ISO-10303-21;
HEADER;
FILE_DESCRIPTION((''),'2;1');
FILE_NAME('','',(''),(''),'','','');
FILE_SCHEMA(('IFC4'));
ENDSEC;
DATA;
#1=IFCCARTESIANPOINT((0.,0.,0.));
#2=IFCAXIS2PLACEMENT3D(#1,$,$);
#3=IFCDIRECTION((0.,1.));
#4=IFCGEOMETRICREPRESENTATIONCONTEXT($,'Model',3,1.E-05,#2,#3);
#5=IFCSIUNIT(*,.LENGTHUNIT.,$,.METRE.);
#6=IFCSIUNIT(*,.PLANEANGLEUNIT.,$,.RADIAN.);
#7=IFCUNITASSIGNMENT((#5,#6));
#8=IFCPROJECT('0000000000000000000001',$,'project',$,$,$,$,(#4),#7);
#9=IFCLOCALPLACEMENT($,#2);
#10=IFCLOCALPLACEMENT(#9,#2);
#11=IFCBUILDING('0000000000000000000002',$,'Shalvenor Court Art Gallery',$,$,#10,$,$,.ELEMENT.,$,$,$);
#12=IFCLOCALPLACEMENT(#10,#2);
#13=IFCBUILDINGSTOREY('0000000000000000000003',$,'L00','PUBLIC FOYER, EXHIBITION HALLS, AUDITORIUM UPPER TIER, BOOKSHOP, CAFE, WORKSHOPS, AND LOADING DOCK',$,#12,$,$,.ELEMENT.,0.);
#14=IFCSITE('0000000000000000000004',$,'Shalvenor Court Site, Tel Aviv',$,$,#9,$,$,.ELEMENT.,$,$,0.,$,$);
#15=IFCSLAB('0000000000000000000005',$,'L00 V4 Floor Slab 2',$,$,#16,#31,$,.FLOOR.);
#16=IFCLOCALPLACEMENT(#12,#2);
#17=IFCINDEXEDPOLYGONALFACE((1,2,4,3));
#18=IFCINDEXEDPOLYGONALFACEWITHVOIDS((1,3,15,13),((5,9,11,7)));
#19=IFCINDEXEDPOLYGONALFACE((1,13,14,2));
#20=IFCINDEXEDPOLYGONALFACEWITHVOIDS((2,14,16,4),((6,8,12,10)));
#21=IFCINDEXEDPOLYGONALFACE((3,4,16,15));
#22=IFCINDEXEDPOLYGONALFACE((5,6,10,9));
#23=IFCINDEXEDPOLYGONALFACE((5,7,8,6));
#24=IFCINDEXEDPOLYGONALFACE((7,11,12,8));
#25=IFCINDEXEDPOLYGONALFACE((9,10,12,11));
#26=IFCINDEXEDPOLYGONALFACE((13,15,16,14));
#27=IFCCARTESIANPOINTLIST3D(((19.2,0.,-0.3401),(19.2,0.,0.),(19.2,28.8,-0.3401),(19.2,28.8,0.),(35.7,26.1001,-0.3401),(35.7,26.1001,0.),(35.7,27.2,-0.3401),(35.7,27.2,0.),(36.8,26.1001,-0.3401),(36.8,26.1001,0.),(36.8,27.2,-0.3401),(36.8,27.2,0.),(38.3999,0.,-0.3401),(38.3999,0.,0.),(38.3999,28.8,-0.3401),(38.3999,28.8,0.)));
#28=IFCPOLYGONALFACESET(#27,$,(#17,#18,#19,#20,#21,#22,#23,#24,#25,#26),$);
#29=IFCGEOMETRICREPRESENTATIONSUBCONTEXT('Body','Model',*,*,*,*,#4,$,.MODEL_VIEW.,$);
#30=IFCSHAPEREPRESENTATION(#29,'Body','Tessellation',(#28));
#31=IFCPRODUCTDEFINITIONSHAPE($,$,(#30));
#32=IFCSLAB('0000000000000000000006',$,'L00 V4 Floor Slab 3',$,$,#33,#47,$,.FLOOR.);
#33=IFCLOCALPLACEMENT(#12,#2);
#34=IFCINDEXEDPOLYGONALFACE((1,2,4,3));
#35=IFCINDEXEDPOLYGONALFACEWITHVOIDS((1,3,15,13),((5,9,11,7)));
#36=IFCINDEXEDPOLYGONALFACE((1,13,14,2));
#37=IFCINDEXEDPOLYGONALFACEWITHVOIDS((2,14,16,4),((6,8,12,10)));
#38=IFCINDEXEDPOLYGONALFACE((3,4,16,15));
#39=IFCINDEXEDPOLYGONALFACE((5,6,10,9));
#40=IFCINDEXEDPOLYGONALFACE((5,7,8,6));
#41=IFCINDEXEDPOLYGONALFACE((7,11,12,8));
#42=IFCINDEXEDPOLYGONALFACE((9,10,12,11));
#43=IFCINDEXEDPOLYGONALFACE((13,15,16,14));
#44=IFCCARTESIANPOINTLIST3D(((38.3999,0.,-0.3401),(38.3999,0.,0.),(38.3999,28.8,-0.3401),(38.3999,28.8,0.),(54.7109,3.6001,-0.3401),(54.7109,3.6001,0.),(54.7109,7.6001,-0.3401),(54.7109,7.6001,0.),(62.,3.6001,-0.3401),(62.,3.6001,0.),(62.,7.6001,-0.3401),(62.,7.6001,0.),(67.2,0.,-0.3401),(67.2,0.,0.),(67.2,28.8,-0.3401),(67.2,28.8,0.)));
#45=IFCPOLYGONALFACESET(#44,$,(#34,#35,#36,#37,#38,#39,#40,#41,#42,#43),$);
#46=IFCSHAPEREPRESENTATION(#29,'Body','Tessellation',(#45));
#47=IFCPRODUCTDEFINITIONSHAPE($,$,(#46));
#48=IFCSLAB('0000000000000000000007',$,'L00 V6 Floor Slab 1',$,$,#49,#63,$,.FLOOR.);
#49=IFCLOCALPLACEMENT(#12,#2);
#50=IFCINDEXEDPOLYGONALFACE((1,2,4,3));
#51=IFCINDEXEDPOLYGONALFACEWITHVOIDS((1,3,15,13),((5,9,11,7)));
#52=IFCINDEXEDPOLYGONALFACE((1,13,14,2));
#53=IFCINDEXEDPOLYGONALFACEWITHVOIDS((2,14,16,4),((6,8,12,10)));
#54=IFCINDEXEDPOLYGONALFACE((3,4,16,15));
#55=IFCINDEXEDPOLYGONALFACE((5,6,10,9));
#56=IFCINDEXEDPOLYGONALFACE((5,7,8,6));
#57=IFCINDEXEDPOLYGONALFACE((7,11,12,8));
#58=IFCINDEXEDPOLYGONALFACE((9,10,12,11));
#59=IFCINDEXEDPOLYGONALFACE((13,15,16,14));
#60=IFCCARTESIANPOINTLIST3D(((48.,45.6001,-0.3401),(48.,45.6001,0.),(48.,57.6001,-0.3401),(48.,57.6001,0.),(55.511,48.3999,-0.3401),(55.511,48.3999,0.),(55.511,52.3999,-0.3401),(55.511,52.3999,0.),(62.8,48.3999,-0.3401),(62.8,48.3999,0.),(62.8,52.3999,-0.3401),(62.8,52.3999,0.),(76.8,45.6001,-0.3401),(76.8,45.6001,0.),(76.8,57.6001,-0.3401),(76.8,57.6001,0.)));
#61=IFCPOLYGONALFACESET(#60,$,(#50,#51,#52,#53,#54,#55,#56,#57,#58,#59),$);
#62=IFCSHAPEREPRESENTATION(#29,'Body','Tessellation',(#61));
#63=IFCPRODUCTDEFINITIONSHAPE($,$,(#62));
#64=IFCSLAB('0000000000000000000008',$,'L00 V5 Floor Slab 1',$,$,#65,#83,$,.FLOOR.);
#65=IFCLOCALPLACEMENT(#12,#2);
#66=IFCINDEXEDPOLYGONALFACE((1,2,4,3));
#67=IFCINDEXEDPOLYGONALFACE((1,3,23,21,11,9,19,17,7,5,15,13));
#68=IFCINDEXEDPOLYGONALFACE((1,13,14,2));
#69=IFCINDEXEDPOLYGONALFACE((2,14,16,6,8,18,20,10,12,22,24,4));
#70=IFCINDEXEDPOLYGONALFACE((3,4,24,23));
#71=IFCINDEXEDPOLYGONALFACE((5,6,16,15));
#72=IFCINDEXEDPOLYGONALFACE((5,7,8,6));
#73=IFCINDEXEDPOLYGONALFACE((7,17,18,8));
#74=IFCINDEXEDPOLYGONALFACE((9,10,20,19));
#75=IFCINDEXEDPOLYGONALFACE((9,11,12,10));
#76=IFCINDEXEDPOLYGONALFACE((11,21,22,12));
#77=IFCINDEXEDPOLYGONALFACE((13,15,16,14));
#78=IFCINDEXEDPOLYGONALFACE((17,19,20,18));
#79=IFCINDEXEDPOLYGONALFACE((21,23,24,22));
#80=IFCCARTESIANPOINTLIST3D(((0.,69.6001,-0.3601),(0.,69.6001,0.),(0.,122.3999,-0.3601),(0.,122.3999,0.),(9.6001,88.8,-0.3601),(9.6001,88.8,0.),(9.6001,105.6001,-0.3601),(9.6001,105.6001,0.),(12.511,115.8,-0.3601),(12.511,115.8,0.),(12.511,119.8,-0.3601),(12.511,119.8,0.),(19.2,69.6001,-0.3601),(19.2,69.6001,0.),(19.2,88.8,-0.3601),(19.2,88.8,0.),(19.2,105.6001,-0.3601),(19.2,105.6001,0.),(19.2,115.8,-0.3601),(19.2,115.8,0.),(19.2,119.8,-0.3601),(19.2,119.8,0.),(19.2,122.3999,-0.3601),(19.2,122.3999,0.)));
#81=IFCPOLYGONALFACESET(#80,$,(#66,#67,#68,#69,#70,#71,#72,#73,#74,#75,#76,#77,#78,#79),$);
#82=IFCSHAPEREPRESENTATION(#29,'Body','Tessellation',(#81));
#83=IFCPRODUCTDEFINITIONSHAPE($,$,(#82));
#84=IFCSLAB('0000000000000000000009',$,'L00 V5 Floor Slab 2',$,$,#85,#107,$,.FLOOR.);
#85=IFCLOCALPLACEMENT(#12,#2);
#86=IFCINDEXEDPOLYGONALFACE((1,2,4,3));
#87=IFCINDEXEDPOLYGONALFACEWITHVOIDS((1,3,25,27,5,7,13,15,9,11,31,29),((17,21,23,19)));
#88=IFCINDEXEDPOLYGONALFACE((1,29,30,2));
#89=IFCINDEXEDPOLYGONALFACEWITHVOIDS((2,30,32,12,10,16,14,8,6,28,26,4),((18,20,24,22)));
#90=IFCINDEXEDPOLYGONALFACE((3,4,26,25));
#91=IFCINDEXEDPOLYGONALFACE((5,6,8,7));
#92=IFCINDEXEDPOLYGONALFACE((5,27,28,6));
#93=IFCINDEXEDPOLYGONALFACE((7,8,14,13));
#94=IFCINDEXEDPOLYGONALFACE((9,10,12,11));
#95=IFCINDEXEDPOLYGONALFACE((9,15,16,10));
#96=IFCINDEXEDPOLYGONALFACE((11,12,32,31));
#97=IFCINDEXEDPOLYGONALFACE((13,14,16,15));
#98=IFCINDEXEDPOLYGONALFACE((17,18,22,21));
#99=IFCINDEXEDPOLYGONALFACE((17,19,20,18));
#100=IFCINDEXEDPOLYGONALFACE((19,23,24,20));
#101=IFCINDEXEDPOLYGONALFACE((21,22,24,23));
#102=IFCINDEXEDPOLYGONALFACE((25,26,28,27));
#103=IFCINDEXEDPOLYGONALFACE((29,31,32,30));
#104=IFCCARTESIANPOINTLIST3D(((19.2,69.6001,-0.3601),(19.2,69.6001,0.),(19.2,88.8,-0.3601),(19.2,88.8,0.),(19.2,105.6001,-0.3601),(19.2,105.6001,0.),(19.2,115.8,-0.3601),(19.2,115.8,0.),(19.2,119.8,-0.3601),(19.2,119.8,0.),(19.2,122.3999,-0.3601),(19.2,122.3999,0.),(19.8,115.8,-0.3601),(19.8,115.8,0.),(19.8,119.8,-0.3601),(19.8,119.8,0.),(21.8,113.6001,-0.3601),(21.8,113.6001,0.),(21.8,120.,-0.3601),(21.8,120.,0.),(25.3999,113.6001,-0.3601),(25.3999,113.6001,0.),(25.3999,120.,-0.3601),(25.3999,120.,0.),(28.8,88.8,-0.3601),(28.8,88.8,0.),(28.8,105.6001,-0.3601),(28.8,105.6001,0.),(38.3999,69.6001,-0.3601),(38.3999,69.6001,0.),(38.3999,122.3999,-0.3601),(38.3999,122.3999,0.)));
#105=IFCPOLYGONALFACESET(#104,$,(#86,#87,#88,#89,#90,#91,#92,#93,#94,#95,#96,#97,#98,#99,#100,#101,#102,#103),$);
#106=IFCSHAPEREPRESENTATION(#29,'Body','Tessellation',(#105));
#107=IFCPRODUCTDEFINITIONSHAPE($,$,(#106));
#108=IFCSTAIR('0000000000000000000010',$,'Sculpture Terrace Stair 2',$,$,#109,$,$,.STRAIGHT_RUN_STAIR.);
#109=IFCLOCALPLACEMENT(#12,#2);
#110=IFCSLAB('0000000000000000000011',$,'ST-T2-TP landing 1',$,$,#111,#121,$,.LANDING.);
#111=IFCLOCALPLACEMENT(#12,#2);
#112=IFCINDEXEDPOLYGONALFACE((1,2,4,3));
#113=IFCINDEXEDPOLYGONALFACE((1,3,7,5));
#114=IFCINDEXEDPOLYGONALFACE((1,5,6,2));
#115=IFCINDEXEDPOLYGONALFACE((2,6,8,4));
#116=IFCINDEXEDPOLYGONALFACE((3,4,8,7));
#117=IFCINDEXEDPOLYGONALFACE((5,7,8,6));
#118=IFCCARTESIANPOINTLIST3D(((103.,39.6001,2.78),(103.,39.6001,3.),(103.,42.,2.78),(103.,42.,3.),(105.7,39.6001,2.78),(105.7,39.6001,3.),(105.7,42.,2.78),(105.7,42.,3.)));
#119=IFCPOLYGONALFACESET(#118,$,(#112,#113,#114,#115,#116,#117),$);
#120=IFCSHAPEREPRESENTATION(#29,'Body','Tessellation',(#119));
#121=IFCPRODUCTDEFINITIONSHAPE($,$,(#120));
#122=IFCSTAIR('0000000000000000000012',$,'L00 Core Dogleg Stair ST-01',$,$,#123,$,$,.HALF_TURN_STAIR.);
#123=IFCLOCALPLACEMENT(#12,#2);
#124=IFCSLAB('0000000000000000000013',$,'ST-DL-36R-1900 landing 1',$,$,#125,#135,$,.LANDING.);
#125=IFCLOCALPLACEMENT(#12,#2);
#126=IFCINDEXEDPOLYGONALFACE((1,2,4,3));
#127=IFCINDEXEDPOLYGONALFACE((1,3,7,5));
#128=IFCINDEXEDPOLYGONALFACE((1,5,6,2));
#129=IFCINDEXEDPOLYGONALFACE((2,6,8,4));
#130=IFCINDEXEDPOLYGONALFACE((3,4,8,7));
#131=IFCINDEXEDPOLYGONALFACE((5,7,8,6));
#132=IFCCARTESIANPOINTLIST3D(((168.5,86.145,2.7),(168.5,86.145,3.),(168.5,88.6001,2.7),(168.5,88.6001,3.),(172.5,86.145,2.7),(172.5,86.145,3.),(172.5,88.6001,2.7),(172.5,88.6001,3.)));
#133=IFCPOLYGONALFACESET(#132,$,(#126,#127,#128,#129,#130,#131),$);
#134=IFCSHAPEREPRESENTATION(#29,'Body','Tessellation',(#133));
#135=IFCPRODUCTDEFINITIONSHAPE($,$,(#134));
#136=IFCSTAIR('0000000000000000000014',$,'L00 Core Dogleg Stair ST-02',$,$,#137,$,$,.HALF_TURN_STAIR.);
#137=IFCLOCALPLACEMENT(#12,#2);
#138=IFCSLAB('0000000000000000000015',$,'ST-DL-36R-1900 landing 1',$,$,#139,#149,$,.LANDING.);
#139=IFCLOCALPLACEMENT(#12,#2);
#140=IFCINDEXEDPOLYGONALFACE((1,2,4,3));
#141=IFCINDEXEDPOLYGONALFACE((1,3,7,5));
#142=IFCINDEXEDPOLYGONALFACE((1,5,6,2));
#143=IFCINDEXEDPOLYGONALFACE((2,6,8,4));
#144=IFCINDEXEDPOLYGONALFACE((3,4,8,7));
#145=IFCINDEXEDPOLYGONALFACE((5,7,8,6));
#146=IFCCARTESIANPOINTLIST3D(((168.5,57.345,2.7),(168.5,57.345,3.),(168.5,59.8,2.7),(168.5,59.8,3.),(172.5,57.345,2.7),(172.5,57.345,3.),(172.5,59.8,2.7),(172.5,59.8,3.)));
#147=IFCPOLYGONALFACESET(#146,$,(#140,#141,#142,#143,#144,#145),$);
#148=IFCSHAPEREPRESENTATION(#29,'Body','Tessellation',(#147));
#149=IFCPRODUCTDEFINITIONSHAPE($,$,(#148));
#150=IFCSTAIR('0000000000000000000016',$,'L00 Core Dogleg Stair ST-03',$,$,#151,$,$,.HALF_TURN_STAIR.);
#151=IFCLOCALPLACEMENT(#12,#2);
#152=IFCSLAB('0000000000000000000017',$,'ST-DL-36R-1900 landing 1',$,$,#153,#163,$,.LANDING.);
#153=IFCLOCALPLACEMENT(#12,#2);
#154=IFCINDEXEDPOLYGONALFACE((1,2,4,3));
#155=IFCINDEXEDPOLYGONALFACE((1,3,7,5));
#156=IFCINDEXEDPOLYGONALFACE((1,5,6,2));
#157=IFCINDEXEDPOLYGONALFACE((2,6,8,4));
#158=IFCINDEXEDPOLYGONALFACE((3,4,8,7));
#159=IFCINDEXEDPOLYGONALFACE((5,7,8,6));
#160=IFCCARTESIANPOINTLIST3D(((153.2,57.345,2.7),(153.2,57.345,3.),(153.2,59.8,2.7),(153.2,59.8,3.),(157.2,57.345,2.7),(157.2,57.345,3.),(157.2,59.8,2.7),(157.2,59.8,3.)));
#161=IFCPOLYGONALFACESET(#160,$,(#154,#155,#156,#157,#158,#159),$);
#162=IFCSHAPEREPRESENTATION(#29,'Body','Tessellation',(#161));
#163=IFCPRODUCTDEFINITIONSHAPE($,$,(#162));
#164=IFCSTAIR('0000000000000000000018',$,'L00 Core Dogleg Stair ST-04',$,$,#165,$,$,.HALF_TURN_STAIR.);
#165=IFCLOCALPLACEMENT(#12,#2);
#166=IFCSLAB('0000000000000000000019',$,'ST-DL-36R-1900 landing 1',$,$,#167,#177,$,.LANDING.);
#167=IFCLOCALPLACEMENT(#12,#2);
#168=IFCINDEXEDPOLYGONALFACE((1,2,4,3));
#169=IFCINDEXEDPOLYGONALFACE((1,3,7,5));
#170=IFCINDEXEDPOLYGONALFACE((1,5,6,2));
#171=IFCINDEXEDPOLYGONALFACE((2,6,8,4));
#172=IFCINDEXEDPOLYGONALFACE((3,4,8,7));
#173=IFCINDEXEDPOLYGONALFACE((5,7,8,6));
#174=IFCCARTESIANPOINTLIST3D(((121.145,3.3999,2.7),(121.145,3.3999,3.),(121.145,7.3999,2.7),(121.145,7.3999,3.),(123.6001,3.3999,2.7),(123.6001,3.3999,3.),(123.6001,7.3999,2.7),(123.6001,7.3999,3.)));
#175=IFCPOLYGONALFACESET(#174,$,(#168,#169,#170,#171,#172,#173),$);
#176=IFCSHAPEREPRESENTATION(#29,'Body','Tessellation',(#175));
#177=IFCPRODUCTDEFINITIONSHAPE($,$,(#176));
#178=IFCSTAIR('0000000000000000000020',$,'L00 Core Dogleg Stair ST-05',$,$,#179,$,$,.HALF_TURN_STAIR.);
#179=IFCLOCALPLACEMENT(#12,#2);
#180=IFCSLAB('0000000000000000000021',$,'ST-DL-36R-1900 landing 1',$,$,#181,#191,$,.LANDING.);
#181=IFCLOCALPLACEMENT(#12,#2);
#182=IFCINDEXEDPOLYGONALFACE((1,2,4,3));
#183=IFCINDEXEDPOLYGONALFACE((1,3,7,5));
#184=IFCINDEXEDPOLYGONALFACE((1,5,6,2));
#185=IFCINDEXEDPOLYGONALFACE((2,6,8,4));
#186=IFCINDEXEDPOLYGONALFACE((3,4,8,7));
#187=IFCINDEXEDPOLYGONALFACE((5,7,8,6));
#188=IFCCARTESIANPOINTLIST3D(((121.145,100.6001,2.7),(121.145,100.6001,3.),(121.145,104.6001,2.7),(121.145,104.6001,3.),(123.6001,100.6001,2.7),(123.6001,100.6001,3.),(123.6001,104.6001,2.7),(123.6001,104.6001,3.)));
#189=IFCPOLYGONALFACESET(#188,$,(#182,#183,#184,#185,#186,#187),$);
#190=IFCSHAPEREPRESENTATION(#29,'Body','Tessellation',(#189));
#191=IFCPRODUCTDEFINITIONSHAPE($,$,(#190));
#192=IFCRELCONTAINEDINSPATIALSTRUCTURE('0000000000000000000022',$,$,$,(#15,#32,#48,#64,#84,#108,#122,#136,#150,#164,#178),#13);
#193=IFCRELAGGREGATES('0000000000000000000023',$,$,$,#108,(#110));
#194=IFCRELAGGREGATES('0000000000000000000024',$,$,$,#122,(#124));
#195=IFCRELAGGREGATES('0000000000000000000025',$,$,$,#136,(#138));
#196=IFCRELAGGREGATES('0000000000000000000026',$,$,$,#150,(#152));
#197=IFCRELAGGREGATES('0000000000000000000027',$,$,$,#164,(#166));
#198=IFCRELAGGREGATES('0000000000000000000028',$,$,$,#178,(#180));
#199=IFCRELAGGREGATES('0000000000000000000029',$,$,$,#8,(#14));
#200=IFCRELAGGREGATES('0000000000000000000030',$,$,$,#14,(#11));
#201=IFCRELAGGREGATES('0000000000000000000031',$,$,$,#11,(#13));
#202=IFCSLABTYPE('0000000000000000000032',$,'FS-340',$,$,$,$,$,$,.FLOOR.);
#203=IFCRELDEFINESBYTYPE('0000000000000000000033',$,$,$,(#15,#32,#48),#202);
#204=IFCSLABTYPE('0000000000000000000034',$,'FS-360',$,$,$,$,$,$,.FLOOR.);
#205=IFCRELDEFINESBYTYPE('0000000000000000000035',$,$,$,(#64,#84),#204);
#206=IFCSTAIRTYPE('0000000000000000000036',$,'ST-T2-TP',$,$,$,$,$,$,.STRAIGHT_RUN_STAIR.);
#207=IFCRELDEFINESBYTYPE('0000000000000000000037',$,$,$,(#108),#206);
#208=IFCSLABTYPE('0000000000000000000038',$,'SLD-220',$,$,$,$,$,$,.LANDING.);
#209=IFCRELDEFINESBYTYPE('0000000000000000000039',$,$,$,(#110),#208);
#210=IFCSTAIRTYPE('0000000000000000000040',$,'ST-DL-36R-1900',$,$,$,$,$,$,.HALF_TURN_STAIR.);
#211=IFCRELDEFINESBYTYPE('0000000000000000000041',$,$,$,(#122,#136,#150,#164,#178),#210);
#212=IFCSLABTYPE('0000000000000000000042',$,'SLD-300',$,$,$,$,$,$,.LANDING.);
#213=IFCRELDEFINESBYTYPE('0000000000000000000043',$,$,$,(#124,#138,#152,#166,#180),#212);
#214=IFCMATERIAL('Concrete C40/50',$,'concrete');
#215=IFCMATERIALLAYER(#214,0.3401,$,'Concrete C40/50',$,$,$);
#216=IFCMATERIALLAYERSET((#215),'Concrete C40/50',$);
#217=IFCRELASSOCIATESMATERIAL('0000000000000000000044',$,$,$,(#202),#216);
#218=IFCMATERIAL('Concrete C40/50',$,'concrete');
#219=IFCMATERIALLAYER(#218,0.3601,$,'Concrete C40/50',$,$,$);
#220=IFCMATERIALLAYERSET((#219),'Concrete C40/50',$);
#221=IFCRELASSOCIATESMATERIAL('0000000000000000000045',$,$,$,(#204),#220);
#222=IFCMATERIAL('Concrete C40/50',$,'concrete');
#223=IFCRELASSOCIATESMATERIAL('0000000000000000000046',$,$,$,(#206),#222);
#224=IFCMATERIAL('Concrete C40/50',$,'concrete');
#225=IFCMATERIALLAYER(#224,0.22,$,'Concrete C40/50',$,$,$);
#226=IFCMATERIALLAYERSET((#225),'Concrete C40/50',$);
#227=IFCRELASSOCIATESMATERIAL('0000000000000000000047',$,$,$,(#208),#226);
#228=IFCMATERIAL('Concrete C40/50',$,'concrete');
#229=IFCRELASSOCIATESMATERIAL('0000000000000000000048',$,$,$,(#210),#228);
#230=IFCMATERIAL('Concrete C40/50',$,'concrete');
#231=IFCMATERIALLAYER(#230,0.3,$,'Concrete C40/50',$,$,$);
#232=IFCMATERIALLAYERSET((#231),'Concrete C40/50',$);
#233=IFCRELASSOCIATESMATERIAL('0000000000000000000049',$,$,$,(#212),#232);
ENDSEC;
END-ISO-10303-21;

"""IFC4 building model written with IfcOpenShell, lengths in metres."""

from ifc_helpers import new_model, si_unit, direction, frame, origin, place, context, subcontext, project, spatial, polyline, outline, extrude, material, layer, layer_set, type_object, element, aggregate, save


model = new_model("IFC4")

# Units and contexts
model_context = context("Model", 3, precision=1e-05, world=origin(), true_north=direction((0.0, 1.0)))
body_context = subcontext(model_context, "Body", "Model", "MODEL_VIEW")
ifc_project = project(units=[si_unit("LENGTHUNIT", "METRE"), si_unit("PLANEANGLEUNIT", "RADIAN")], contexts=[model_context])

# Site, building, storey
site_placement = place(None, origin())
site = spatial("IfcSite", under=ifc_project, at=site_placement, Name="Shalvenor Court Site, Tel Aviv", CompositionType="ELEMENT", RefElevation=0.0)
building_placement = place(site_placement, origin())
building = spatial("IfcBuilding", under=site, at=building_placement, Name="Shalvenor Court Art Gallery", CompositionType="ELEMENT")
storey_placement = place(building_placement, origin())
storey = spatial("IfcBuildingStorey", under=building, at=storey_placement, Name="L00", Description="PUBLIC FOYER, EXHIBITION HALLS, AUDITORIUM UPPER TIER, BOOKSHOP, CAFE, WORKSHOPS, AND LOADING DOCK", CompositionType="ELEMENT", Elevation=0.0)

# Slabs
ifc_material_1 = material(Name="Concrete C40/50", Category="concrete")
ifc_layer_1 = layer(ifc_material_1, 0.3401, Name="Concrete C40/50")
ifc_layer_set_1 = layer_set([ifc_layer_1], Name="Concrete C40/50")
slab_type_1 = type_object("IfcSlabType", Name="FS-340", PredefinedType="FLOOR", material=ifc_layer_set_1)
slab_1_placement = place(storey_placement, frame((0.0, 0.0, -0.3401)))
element("IfcSlab", 1, at=slab_1_placement, inside=storey, type_object=slab_type_1, Name="L00 V4 Floor Slab 2", PredefinedType="FLOOR", context=body_context, shape_type="SweptSolid", body=[
    extrude(outline(polyline([(38.3999, 28.8), (38.3999, 0.0), (19.2, 0.0), (19.2, 28.8), (38.3999, 28.8)]), holes=[polyline([(35.7, 26.1001), (36.8, 26.1001), (36.8, 27.2), (35.7, 27.2), (35.7, 26.1001)])]), origin(), (0.0, 0.0, 1.0), 0.3401),
])
slab_2_placement = place(storey_placement, frame((0.0, 0.0, -0.3401)))
element("IfcSlab", 2, at=slab_2_placement, inside=storey, type_object=slab_type_1, Name="L00 V4 Floor Slab 3", PredefinedType="FLOOR", context=body_context, shape_type="SweptSolid", body=[
    extrude(outline(polyline([(67.2, 28.8), (67.2, 0.0), (38.3999, 0.0), (38.3999, 28.8), (67.2, 28.8)]), holes=[polyline([(54.7109, 7.6001), (54.7109, 3.6001), (62.0, 3.6001), (62.0, 7.6001), (54.7109, 7.6001)])]), origin(), (0.0, 0.0, 1.0), 0.3401),
])
slab_3_placement = place(storey_placement, frame((0.0, 0.0, -0.3401)))
element("IfcSlab", 3, at=slab_3_placement, inside=storey, type_object=slab_type_1, Name="L00 V6 Floor Slab 1", PredefinedType="FLOOR", context=body_context, shape_type="SweptSolid", body=[
    extrude(outline(polyline([(48.0, 57.6001), (76.8, 57.6001), (76.8, 45.6001), (48.0, 45.6001), (48.0, 57.6001)]), holes=[polyline([(55.511, 52.3999), (55.511, 48.3999), (62.8, 48.3999), (62.8, 52.3999), (55.511, 52.3999)])]), origin(), (0.0, 0.0, 1.0), 0.3401),
])
ifc_material_2 = material(Name="Concrete C40/50", Category="concrete")
ifc_layer_2 = layer(ifc_material_2, 0.3601, Name="Concrete C40/50")
ifc_layer_set_2 = layer_set([ifc_layer_2], Name="Concrete C40/50")
slab_type_2 = type_object("IfcSlabType", Name="FS-360", PredefinedType="FLOOR", material=ifc_layer_set_2)
slab_4_placement = place(storey_placement, frame((0.0, 0.0, -0.3601)))
element("IfcSlab", 4, at=slab_4_placement, inside=storey, type_object=slab_type_2, Name="L00 V5 Floor Slab 1", PredefinedType="FLOOR", context=body_context, shape_type="SweptSolid", body=[
    extrude(outline(polyline([(0.0, 69.6001), (0.0, 122.3999), (19.2, 122.3999), (19.2, 119.8), (12.511, 119.8), (12.511, 115.8), (19.2, 115.8), (19.2, 105.6001), (9.6001, 105.6001), (9.6001, 88.8), (19.2, 88.8), (19.2, 69.6001), (0.0, 69.6001)])), origin(), (0.0, 0.0, 1.0), 0.3601),
])
slab_5_placement = place(storey_placement, frame((0.0, 0.0, -0.3601)))
element("IfcSlab", 5, at=slab_5_placement, inside=storey, type_object=slab_type_2, Name="L00 V5 Floor Slab 2", PredefinedType="FLOOR", context=body_context, shape_type="SweptSolid", body=[
    extrude(outline(polyline([(38.3999, 69.6001), (19.2, 69.6001), (19.2, 88.8), (28.8, 88.8), (28.8, 105.6001), (19.2, 105.6001), (19.2, 115.8), (19.8, 115.8), (19.8, 119.8), (19.2, 119.8), (19.2, 122.3999), (38.3999, 122.3999), (38.3999, 69.6001)]), holes=[polyline([(21.8, 120.0), (21.8, 113.6001), (25.3999, 113.6001), (25.3999, 120.0), (21.8, 120.0)])]), origin(), (0.0, 0.0, 1.0), 0.3601),
])

# Stairs, slabs
ifc_material_3 = material(Name="Concrete C40/50", Category="concrete")
stair_type_1 = type_object("IfcStairType", Name="ST-T2-TP", PredefinedType="STRAIGHT_RUN_STAIR", material=ifc_material_3)
stair_1_placement = place(storey_placement, origin())
stair_1 = element("IfcStair", 6, at=stair_1_placement, inside=storey, type_object=stair_type_1, Name="Sculpture Terrace Stair 2", PredefinedType="STRAIGHT_RUN_STAIR")
ifc_material_4 = material(Name="Concrete C40/50", Category="concrete")
ifc_layer_3 = layer(ifc_material_4, 0.22, Name="Concrete C40/50")
ifc_layer_set_3 = layer_set([ifc_layer_3], Name="Concrete C40/50")
slab_type_3 = type_object("IfcSlabType", Name="SLD-220", PredefinedType="LANDING", material=ifc_layer_set_3)
slab_6_placement = place(storey_placement, frame((0.0, 0.0, 2.78)))
slab_6 = element("IfcSlab", 7, at=slab_6_placement, type_object=slab_type_3, Name="ST-T2-TP landing 1", PredefinedType="LANDING", context=body_context, shape_type="SweptSolid", body=[
    extrude(outline(polyline([(103.0, 39.6001), (105.7, 39.6001), (105.7, 42.0), (103.0, 42.0), (103.0, 39.6001)])), origin(), (0.0, 0.0, 1.0), 0.22),
])
aggregate(stair_1, [slab_6])
ifc_material_5 = material(Name="Concrete C40/50", Category="concrete")
stair_type_2 = type_object("IfcStairType", Name="ST-DL-36R-1900", PredefinedType="HALF_TURN_STAIR", material=ifc_material_5)
stair_2_placement = place(storey_placement, origin())
stair_2 = element("IfcStair", 8, at=stair_2_placement, inside=storey, type_object=stair_type_2, Name="L00 Core Dogleg Stair ST-01", PredefinedType="HALF_TURN_STAIR")
ifc_material_6 = material(Name="Concrete C40/50", Category="concrete")
ifc_layer_4 = layer(ifc_material_6, 0.3, Name="Concrete C40/50")
ifc_layer_set_4 = layer_set([ifc_layer_4], Name="Concrete C40/50")
slab_type_4 = type_object("IfcSlabType", Name="SLD-300", PredefinedType="LANDING", material=ifc_layer_set_4)
slab_7_placement = place(storey_placement, frame((0.0, 0.0, 2.7)))
slab_7 = element("IfcSlab", 9, at=slab_7_placement, type_object=slab_type_4, Name="ST-DL-36R-1900 landing 1", PredefinedType="LANDING", context=body_context, shape_type="SweptSolid", body=[
    extrude(outline(polyline([(172.5, 86.145), (172.5, 88.6001), (168.5, 88.6001), (168.5, 86.145), (172.5, 86.145)])), origin(), (0.0, 0.0, 1.0), 0.3),
])
aggregate(stair_2, [slab_7])
stair_3_placement = place(storey_placement, origin())
stair_3 = element("IfcStair", 10, at=stair_3_placement, inside=storey, type_object=stair_type_2, Name="L00 Core Dogleg Stair ST-02", PredefinedType="HALF_TURN_STAIR")
slab_8_placement = place(storey_placement, frame((0.0, 0.0, 2.7)))
slab_8 = element("IfcSlab", 11, at=slab_8_placement, type_object=slab_type_4, Name="ST-DL-36R-1900 landing 1", PredefinedType="LANDING", context=body_context, shape_type="SweptSolid", body=[
    extrude(outline(polyline([(172.5, 57.345), (172.5, 59.8), (168.5, 59.8), (168.5, 57.345), (172.5, 57.345)])), origin(), (0.0, 0.0, 1.0), 0.3),
])
aggregate(stair_3, [slab_8])
stair_4_placement = place(storey_placement, origin())
stair_4 = element("IfcStair", 12, at=stair_4_placement, inside=storey, type_object=stair_type_2, Name="L00 Core Dogleg Stair ST-03", PredefinedType="HALF_TURN_STAIR")
slab_9_placement = place(storey_placement, frame((0.0, 0.0, 2.7)))
slab_9 = element("IfcSlab", 13, at=slab_9_placement, type_object=slab_type_4, Name="ST-DL-36R-1900 landing 1", PredefinedType="LANDING", context=body_context, shape_type="SweptSolid", body=[
    extrude(outline(polyline([(157.2, 57.345), (157.2, 59.8), (153.2, 59.8), (153.2, 57.345), (157.2, 57.345)])), origin(), (0.0, 0.0, 1.0), 0.3),
])
aggregate(stair_4, [slab_9])
stair_5_placement = place(storey_placement, origin())
stair_5 = element("IfcStair", 14, at=stair_5_placement, inside=storey, type_object=stair_type_2, Name="L00 Core Dogleg Stair ST-04", PredefinedType="HALF_TURN_STAIR")
slab_10_placement = place(storey_placement, frame((0.0, 0.0, 2.7)))
slab_10 = element("IfcSlab", 15, at=slab_10_placement, type_object=slab_type_4, Name="ST-DL-36R-1900 landing 1", PredefinedType="LANDING", context=body_context, shape_type="SweptSolid", body=[
    extrude(outline(polyline([(121.145, 3.3999), (123.6001, 3.3999), (123.6001, 7.3999), (121.145, 7.3999), (121.145, 3.3999)])), origin(), (0.0, 0.0, 1.0), 0.3),
])
aggregate(stair_5, [slab_10])
stair_6_placement = place(storey_placement, origin())
stair_6 = element("IfcStair", 16, at=stair_6_placement, inside=storey, type_object=stair_type_2, Name="L00 Core Dogleg Stair ST-05", PredefinedType="HALF_TURN_STAIR")
slab_11_placement = place(storey_placement, frame((0.0, 0.0, 2.7)))
slab_11 = element("IfcSlab", 17, at=slab_11_placement, type_object=slab_type_4, Name="ST-DL-36R-1900 landing 1", PredefinedType="LANDING", context=body_context, shape_type="SweptSolid", body=[
    extrude(outline(polyline([(121.145, 100.6001), (123.6001, 100.6001), (123.6001, 104.6001), (121.145, 104.6001), (121.145, 100.6001)])), origin(), (0.0, 0.0, 1.0), 0.3),
])
aggregate(stair_6, [slab_11])

save(model, "model.ifc")
